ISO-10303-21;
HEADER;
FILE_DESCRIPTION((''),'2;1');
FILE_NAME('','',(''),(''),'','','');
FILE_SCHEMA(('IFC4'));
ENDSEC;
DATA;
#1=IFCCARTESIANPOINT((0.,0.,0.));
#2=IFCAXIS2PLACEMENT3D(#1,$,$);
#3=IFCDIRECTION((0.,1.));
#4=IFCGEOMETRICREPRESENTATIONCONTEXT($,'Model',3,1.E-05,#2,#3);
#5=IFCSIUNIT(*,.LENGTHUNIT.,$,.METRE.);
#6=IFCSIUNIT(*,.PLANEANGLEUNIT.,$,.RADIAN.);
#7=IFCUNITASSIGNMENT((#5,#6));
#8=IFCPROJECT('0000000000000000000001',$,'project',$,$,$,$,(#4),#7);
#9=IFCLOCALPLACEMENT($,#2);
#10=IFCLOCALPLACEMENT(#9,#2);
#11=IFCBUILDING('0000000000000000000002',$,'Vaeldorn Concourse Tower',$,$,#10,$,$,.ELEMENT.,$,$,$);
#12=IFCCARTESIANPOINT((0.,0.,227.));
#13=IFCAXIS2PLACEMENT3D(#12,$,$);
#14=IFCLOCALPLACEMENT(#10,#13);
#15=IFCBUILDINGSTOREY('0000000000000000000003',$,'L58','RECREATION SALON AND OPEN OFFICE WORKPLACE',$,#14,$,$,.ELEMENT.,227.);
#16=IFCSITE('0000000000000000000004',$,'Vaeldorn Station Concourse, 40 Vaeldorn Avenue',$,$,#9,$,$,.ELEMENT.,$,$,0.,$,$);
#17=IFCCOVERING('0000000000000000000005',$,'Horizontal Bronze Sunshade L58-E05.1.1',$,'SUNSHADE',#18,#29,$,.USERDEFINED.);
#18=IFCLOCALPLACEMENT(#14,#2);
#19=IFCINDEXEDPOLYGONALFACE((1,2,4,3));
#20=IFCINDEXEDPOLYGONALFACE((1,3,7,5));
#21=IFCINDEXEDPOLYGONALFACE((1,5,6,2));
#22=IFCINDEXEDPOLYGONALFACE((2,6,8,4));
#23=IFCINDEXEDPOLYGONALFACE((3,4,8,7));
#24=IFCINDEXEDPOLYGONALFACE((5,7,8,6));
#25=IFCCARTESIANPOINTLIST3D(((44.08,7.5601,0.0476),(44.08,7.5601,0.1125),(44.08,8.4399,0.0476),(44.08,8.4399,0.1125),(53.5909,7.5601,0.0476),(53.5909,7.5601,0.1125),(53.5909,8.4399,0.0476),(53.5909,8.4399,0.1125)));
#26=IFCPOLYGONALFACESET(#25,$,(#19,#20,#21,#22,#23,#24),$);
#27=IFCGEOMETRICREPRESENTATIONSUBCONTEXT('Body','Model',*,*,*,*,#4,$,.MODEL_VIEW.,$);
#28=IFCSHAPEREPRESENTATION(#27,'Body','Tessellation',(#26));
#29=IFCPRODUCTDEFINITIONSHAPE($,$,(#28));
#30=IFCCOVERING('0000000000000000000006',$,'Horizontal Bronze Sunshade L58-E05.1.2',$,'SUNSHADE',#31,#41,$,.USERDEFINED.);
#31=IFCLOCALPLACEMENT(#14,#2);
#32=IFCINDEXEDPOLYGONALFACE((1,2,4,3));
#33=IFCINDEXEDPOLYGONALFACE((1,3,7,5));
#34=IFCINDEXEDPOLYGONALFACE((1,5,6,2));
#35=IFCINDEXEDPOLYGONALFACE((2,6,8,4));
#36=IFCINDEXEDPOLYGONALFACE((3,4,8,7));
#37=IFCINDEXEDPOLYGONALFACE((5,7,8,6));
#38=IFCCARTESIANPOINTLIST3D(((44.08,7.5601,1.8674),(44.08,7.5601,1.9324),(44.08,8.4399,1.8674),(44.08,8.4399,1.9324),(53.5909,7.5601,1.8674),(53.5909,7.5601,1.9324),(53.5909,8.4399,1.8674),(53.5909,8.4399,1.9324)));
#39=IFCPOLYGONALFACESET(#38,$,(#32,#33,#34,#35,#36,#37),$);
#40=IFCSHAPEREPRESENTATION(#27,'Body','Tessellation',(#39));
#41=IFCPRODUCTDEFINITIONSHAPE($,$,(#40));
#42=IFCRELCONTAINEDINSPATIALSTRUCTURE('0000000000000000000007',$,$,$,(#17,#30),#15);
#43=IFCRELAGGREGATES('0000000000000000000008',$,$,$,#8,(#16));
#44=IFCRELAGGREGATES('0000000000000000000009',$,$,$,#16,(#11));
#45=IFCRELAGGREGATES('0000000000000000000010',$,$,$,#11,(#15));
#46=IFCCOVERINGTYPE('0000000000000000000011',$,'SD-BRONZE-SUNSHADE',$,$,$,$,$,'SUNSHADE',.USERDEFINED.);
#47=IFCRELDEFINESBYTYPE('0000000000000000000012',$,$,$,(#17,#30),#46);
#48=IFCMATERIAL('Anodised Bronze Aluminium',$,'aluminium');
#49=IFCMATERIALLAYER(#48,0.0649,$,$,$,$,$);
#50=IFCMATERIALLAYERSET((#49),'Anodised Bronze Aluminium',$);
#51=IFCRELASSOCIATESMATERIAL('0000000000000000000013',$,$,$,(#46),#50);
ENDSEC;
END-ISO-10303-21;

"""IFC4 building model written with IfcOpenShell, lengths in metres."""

from ifc_helpers import new_model, si_unit, direction, frame, origin, origin_2d, place, context, subcontext, project, spatial, rectangle, extrude, source, transform, mapped, material, layer, layer_set, type_object, element, save


model = new_model("IFC4")

# Units and contexts
model_context = context("Model", 3, precision=1e-05, world=origin(), true_north=direction((0.0, 1.0)))
body_context = subcontext(model_context, "Body", "Model", "MODEL_VIEW")
ifc_project = project(units=[si_unit("LENGTHUNIT", "METRE"), si_unit("PLANEANGLEUNIT", "RADIAN")], contexts=[model_context])

# Site, building, storey
site_placement = place(None, origin())
site = spatial("IfcSite", under=ifc_project, at=site_placement, Name="Vaeldorn Station Concourse, 40 Vaeldorn Avenue", CompositionType="ELEMENT", RefElevation=0.0)
building_placement = place(site_placement, origin())
building = spatial("IfcBuilding", under=site, at=building_placement, Name="Vaeldorn Concourse Tower", CompositionType="ELEMENT")
storey_placement = place(building_placement, frame((0.0, 0.0, 227.0)))
storey = spatial("IfcBuildingStorey", under=building, at=storey_placement, Name="L58", Description="RECREATION SALON AND OPEN OFFICE WORKPLACE", CompositionType="ELEMENT", Elevation=227.0)

# Shared definitions
ifc_material_1 = material(Name="Anodised Bronze Aluminium", Category="aluminium")

# Coverings
ifc_layer_1 = layer(ifc_material_1, 0.0649)
ifc_layer_set_1 = layer_set([ifc_layer_1], Name="Anodised Bronze Aluminium")
covering_type = type_object("IfcCoveringType", Name="SD-BRONZE-SUNSHADE", ElementType="SUNSHADE", PredefinedType="USERDEFINED", material=ifc_layer_set_1)
shared_shape_1 = source(origin(), body_context, "Body", "SweptSolid", [
    extrude(rectangle(XDim=9.511, YDim=0.8799, at=origin_2d()), origin(), (0.0, 0.0, 1.0), 0.0649),
])
for number, where, z_axis, x_axis, name in (
    (1, (48.8354, 8.0, 0.0476), (0.0, 0.0, 1.0), (1.0, 0.0, 0.0), "Horizontal Bronze Sunshade L58-E05.1.1"),
    (2, (48.8354, 8.0, 1.8674), (0.0, 0.0, 1.0), (1.0, 0.0, 0.0), "Horizontal Bronze Sunshade L58-E05.1.2"),
):
    element("IfcCovering", number, at=place(storey_placement, frame(where, z_axis=z_axis, x_axis=x_axis)), inside=storey, type_object=covering_type, Name=name, ObjectType="SUNSHADE", PredefinedType="USERDEFINED", context=body_context, shape_type="MappedRepresentation", body=[
        mapped(shared_shape_1, transform((0.0, 0.0, 0.0), scale=1.0)),
    ])

save(model, "model.ifc")
